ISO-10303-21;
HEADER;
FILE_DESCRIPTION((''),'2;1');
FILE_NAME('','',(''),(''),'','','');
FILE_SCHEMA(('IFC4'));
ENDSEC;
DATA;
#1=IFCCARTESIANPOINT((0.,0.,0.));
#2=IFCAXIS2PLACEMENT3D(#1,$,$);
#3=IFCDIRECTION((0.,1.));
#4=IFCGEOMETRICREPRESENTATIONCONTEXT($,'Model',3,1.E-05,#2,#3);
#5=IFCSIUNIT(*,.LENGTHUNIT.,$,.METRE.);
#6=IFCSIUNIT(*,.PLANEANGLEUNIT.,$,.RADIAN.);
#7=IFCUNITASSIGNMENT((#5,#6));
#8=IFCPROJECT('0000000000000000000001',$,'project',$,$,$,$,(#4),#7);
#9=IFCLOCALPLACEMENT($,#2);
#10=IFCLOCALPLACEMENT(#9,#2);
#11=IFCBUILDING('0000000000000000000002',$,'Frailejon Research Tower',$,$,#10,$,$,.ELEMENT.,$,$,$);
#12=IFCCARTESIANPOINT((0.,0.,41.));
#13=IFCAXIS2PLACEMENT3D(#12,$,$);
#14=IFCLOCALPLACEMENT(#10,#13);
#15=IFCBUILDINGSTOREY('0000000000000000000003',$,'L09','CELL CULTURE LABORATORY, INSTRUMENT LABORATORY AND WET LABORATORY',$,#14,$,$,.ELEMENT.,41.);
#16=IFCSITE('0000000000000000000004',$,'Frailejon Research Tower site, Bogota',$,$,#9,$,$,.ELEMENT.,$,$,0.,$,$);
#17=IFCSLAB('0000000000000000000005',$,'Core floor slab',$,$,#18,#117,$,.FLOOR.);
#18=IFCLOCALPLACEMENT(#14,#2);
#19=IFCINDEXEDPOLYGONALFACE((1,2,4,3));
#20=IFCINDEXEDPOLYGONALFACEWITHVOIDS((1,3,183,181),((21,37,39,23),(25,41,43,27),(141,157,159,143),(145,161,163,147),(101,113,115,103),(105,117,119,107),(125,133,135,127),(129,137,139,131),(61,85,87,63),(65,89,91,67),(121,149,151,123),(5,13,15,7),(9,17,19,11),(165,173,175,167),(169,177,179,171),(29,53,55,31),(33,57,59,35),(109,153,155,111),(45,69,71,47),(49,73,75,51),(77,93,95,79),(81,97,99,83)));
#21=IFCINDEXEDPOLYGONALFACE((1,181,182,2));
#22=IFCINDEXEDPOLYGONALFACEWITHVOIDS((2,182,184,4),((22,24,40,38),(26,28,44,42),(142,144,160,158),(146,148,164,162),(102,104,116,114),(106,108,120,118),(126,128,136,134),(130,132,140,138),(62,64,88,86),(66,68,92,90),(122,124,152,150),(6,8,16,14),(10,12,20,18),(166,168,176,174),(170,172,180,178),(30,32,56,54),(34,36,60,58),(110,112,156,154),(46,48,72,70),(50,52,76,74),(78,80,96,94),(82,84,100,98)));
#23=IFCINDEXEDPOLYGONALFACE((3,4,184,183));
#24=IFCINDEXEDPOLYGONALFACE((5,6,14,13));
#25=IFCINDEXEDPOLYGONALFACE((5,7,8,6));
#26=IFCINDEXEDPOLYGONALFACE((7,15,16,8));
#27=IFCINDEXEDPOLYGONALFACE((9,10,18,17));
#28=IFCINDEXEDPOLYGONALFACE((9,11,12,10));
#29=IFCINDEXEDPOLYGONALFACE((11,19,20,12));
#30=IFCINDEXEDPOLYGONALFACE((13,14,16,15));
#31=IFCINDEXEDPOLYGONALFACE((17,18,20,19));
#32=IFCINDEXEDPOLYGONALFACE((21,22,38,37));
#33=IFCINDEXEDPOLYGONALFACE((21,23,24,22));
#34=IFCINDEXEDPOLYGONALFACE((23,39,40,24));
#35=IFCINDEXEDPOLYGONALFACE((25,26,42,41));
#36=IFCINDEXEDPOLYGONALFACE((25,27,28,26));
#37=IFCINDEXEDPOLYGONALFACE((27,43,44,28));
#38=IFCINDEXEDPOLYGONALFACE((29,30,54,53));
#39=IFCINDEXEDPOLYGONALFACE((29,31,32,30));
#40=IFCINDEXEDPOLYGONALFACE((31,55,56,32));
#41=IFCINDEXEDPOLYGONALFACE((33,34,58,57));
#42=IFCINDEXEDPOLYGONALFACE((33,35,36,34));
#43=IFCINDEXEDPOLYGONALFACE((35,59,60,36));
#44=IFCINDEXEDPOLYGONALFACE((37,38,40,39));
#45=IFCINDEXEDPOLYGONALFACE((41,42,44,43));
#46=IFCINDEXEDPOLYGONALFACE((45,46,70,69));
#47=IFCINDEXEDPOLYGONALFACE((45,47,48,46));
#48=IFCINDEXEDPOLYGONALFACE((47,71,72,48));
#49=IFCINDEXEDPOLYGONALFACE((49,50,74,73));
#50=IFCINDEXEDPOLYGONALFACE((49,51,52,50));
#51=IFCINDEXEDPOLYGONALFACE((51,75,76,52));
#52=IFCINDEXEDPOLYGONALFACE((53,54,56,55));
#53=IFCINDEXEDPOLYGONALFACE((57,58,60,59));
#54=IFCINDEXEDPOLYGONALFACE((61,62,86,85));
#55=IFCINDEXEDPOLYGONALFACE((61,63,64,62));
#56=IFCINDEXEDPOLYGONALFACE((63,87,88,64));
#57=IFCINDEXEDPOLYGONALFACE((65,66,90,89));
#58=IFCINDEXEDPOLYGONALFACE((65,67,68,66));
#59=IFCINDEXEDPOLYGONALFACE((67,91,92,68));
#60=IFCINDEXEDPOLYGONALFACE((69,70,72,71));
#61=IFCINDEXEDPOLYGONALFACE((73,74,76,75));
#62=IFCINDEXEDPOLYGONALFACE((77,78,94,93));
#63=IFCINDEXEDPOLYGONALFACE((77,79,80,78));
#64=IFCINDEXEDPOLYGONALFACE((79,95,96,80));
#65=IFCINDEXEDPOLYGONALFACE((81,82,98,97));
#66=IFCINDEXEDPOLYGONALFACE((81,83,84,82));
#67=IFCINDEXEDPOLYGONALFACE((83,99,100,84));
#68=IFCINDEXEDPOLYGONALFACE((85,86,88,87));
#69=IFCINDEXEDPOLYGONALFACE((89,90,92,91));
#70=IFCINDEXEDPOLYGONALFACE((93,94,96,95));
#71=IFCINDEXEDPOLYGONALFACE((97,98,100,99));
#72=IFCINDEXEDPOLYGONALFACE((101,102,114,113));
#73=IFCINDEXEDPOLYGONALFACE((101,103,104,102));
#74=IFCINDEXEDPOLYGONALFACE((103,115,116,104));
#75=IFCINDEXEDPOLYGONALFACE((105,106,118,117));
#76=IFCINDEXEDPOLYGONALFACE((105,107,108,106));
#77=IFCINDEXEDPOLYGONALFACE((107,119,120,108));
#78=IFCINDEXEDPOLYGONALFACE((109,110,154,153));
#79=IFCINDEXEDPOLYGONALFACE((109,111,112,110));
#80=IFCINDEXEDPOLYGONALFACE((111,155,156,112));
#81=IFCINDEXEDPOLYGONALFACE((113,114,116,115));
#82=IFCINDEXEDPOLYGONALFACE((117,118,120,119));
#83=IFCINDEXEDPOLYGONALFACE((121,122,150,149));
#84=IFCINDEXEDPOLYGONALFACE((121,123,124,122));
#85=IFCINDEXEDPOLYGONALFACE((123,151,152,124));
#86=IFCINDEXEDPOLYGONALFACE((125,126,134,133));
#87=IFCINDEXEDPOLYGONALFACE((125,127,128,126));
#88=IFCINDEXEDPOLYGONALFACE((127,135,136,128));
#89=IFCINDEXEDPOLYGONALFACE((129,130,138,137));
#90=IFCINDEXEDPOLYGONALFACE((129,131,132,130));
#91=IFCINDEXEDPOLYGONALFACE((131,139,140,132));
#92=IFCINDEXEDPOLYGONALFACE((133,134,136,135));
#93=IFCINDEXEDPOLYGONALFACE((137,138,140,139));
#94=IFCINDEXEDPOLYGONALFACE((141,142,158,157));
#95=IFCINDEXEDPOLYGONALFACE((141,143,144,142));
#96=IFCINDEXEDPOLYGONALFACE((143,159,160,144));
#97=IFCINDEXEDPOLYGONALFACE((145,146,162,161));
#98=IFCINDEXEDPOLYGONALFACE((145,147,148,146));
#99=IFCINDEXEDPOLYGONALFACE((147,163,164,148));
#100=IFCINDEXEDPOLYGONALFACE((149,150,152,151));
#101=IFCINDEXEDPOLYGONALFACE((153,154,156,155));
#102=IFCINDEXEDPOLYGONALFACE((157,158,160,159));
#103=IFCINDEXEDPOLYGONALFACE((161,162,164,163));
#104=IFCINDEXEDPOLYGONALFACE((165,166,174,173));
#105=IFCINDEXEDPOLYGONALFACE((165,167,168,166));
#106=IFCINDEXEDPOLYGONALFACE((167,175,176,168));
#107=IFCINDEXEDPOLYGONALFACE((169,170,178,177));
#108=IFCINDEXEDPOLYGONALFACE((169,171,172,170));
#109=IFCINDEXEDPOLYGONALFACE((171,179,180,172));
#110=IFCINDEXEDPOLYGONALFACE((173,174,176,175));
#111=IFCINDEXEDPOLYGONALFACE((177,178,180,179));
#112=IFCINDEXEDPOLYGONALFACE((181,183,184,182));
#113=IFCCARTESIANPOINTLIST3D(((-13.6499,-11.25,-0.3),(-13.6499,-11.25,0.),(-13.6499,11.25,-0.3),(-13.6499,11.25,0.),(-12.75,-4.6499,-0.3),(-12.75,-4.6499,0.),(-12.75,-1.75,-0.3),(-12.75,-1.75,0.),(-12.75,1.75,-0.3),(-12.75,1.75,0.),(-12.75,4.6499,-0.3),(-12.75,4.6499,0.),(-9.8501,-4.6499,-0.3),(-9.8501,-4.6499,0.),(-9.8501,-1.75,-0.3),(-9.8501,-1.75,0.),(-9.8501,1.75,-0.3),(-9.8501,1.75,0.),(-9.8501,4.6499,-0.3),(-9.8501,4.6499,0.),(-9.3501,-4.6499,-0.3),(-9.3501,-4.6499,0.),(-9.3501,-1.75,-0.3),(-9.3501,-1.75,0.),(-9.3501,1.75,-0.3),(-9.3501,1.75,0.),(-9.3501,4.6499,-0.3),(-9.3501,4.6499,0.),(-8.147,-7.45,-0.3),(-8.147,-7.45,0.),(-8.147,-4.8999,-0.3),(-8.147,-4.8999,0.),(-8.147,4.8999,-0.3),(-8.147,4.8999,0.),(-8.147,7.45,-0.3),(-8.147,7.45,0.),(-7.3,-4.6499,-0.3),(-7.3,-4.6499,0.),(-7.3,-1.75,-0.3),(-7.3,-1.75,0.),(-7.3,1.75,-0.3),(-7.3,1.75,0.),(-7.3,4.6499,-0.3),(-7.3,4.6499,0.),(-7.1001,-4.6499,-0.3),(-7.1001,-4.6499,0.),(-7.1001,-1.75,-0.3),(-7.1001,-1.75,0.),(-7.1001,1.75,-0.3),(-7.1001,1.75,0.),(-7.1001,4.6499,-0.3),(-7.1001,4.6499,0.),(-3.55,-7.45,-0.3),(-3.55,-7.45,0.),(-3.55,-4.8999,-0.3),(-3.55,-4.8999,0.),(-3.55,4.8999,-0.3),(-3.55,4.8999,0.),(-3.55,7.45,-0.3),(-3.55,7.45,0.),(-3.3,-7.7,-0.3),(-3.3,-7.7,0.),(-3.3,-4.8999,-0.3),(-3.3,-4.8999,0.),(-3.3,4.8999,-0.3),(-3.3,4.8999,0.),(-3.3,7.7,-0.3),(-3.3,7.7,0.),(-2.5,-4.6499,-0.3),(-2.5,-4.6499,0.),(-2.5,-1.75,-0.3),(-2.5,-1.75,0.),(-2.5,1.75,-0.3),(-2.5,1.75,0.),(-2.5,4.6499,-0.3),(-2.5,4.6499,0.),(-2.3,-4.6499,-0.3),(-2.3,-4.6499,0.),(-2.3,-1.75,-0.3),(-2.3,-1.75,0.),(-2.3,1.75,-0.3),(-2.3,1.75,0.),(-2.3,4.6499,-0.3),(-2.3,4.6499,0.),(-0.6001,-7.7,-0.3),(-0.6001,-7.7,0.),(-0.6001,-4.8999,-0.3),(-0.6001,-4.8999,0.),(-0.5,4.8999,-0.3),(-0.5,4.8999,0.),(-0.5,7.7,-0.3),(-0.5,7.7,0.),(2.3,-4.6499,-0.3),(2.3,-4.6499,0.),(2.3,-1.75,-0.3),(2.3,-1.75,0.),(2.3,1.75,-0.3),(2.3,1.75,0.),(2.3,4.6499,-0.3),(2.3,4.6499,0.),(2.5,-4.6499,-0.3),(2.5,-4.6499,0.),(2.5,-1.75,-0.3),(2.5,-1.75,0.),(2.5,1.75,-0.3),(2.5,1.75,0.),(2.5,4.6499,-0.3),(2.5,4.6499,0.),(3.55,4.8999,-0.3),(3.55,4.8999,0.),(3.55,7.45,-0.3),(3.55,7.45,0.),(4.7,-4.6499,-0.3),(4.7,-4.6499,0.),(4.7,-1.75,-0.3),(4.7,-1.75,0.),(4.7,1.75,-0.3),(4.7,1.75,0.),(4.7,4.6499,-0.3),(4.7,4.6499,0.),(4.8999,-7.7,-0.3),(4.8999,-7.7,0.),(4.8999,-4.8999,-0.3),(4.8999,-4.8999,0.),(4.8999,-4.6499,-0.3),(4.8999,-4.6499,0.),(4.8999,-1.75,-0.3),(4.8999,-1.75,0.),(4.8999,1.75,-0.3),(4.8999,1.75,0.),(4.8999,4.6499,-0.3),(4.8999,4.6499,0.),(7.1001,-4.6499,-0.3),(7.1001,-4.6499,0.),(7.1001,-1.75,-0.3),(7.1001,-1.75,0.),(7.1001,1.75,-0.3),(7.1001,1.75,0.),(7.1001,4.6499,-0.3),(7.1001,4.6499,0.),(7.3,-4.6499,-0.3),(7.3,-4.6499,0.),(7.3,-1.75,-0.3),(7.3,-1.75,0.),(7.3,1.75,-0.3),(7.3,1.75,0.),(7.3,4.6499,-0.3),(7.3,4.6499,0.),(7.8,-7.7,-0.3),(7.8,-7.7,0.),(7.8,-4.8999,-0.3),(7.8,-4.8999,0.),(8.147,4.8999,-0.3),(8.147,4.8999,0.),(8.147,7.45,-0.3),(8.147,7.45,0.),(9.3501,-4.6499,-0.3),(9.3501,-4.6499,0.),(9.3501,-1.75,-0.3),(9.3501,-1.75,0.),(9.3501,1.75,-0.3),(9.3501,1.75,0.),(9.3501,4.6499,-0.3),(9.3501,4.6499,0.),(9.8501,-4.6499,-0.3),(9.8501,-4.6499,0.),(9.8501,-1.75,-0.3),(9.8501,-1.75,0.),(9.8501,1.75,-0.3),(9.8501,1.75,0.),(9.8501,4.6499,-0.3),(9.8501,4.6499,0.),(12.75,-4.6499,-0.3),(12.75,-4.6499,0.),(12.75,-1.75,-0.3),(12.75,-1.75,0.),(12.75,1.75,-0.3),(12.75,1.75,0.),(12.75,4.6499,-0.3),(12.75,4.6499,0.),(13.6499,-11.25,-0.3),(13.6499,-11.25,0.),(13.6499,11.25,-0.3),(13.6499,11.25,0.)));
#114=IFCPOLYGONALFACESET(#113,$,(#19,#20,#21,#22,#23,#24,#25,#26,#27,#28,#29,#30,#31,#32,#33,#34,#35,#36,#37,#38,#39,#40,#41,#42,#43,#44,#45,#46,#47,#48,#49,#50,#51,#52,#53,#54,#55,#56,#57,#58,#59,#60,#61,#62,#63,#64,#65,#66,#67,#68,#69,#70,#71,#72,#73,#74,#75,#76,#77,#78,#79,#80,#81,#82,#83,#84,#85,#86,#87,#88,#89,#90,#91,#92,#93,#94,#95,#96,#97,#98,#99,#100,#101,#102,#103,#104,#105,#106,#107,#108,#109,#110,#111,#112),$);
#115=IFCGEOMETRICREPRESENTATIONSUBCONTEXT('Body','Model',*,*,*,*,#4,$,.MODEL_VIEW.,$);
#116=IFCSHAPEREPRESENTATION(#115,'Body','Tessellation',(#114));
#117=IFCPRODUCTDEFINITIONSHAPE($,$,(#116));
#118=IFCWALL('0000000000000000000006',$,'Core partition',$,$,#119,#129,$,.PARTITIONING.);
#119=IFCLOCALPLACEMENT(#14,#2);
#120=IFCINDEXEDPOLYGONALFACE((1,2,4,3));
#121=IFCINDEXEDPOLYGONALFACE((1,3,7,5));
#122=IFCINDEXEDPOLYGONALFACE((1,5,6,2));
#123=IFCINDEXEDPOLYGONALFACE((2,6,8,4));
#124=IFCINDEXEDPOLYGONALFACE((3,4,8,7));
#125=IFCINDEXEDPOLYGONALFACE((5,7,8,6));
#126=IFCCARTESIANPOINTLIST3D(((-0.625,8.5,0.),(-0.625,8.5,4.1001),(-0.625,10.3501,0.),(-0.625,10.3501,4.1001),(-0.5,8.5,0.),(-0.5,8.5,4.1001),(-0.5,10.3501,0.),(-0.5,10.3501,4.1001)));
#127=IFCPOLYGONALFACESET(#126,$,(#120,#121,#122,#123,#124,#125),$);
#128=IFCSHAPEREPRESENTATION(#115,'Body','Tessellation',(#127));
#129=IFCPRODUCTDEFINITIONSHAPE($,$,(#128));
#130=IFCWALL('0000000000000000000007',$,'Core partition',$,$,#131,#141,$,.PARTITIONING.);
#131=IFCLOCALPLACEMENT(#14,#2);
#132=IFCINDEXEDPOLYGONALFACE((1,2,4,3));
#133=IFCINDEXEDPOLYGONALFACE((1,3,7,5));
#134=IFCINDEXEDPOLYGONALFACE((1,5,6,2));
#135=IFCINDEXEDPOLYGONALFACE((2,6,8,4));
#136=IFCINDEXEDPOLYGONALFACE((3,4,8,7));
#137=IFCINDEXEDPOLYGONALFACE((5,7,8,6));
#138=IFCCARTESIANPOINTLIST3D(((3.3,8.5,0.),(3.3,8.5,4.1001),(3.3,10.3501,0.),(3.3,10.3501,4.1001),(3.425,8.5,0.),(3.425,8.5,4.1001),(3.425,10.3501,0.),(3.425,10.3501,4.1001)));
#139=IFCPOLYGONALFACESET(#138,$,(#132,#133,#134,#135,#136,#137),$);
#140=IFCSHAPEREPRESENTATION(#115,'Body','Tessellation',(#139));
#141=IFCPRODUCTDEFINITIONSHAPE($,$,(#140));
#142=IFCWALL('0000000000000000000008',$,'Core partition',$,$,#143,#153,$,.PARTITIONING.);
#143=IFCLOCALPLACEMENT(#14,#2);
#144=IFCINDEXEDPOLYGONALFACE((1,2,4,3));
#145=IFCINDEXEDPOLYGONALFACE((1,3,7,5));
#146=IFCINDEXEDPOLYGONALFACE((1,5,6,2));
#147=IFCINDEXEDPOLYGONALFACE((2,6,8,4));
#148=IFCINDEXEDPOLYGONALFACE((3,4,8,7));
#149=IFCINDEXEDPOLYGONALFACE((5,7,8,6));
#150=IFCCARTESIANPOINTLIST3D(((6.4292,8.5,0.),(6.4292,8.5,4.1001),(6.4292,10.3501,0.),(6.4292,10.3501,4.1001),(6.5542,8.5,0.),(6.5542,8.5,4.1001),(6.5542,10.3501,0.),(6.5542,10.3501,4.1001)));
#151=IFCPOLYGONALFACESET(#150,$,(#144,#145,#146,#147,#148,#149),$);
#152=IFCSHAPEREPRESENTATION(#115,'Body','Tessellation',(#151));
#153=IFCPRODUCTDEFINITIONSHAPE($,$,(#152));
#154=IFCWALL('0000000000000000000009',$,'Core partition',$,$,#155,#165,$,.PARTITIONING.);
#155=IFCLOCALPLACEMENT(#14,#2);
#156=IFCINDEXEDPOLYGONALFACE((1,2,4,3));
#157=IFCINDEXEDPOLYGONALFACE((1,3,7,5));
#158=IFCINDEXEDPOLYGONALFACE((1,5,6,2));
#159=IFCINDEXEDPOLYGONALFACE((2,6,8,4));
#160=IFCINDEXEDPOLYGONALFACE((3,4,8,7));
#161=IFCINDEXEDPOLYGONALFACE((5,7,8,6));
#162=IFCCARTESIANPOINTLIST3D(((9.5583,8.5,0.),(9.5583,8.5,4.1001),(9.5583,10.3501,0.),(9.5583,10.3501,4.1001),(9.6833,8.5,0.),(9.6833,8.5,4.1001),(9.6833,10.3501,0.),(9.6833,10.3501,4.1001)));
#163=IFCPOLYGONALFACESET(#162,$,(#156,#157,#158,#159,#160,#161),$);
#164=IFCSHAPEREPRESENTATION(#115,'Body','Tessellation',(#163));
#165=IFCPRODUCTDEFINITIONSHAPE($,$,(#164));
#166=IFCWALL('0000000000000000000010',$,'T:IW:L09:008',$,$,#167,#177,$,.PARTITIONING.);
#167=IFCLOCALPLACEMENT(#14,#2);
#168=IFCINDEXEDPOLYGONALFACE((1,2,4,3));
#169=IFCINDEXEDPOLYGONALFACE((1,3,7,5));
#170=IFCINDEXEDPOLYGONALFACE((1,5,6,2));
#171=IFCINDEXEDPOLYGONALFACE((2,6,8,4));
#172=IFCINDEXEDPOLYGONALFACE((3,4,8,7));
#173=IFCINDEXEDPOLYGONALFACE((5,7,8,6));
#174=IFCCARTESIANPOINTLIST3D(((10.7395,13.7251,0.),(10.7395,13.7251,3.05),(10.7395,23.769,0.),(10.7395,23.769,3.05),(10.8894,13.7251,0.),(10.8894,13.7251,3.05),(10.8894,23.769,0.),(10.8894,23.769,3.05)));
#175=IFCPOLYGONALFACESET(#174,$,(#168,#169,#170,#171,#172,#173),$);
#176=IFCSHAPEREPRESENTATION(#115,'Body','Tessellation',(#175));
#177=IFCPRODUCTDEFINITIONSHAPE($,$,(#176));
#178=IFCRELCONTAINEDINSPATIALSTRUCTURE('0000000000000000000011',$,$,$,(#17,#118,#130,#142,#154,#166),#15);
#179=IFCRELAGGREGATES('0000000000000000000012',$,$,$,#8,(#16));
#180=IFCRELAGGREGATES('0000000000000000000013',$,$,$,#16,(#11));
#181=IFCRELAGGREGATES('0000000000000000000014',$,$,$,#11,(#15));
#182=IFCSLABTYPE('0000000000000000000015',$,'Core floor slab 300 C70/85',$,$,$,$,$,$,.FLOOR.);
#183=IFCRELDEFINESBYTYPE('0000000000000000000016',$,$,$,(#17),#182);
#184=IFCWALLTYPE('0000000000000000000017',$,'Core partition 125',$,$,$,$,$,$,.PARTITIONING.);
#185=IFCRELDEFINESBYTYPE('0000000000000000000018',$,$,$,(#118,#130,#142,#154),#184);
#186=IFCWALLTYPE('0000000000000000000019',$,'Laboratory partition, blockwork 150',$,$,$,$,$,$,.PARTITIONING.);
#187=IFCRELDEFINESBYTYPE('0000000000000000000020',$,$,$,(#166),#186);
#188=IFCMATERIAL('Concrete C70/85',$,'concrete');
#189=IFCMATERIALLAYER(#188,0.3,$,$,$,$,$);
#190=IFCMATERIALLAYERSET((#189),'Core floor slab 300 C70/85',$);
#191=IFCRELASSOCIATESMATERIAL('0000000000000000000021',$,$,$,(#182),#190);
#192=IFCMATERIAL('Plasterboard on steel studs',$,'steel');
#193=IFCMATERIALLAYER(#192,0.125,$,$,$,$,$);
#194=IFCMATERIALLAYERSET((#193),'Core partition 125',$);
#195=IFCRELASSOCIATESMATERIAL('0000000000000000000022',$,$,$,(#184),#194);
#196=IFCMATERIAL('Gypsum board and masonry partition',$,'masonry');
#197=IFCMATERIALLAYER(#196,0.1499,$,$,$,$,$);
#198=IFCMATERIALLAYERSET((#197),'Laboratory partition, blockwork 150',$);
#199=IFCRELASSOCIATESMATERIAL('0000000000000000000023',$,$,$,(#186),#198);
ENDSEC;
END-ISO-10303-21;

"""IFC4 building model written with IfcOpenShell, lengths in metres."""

from ifc_helpers import new_model, si_unit, direction, frame, frame_2d, origin, place, context, subcontext, project, spatial, polyline, rectangle, outline, extrude, material, layer, layer_set, type_object, element, save


model = new_model("IFC4")

# Units and contexts
model_context = context("Model", 3, precision=1e-05, world=origin(), true_north=direction((0.0, 1.0)))
body_context = subcontext(model_context, "Body", "Model", "MODEL_VIEW")
ifc_project = project(units=[si_unit("LENGTHUNIT", "METRE"), si_unit("PLANEANGLEUNIT", "RADIAN")], contexts=[model_context])

# Site, building, storey
site_placement = place(None, origin())
site = spatial("IfcSite", under=ifc_project, at=site_placement, Name="Frailejon Research Tower site, Bogota", CompositionType="ELEMENT", RefElevation=0.0)
building_placement = place(site_placement, origin())
building = spatial("IfcBuilding", under=site, at=building_placement, Name="Frailejon Research Tower", CompositionType="ELEMENT")
storey_placement = place(building_placement, frame((0.0, 0.0, 41.0)))
storey = spatial("IfcBuildingStorey", under=building, at=storey_placement, Name="L09", Description="CELL CULTURE LABORATORY, INSTRUMENT LABORATORY AND WET LABORATORY", CompositionType="ELEMENT", Elevation=41.0)

# Slab
ifc_material_1 = material(Name="Concrete C70/85", Category="concrete")
ifc_layer_1 = layer(ifc_material_1, 0.3)
ifc_layer_set_1 = layer_set([ifc_layer_1], Name="Core floor slab 300 C70/85")
slab_type = type_object("IfcSlabType", Name="Core floor slab 300 C70/85", PredefinedType="FLOOR", material=ifc_layer_set_1)
slab_placement = place(storey_placement, frame((0.0, 0.0, -0.3)))
element("IfcSlab", 1, at=slab_placement, inside=storey, type_object=slab_type, Name="Core floor slab", PredefinedType="FLOOR", context=body_context, shape_type="SweptSolid", body=[
    extrude(outline(polyline([(13.6499, -11.25), (13.6499, 11.25), (-13.6499, 11.25), (-13.6499, -11.25), (13.6499, -11.25)]), holes=[polyline([(-9.8501, 1.75), (-9.8501, 4.6499), (-12.75, 4.6499), (-12.75, 1.75), (-9.8501, 1.75)]), polyline([(-7.3, 1.75), (-7.3, 4.6499), (-9.3501, 4.6499), (-9.3501, 1.75), (-7.3, 1.75)]), polyline([(-2.5, 1.75), (-2.5, 4.6499), (-7.1001, 4.6499), (-7.1001, 1.75), (-2.5, 1.75)]), polyline([(2.3, 1.75), (2.3, 4.6499), (-2.3, 4.6499), (-2.3, 1.75), (2.3, 1.75)]), polyline([(4.7, 1.75), (4.7, 4.6499), (2.5, 4.6499), (2.5, 1.75), (4.7, 1.75)]), polyline([(7.1001, 1.75), (7.1001, 4.6499), (4.8999, 4.6499), (4.8999, 1.75), (7.1001, 1.75)]), polyline([(9.3501, 1.75), (9.3501, 4.6499), (7.3, 4.6499), (7.3, 1.75), (9.3501, 1.75)]), polyline([(12.75, 1.75), (12.75, 4.6499), (9.8501, 4.6499), (9.8501, 1.75), (12.75, 1.75)]), polyline([(-9.8501, -4.6499), (-9.8501, -1.75), (-12.75, -1.75), (-12.75, -4.6499), (-9.8501, -4.6499)]), polyline([(-7.3, -4.6499), (-7.3, -1.75), (-9.3501, -1.75), (-9.3501, -4.6499), (-7.3, -4.6499)]), polyline([(-2.5, -4.6499), (-2.5, -1.75), (-7.1001, -1.75), (-7.1001, -4.6499), (-2.5, -4.6499)]), polyline([(2.3, -4.6499), (2.3, -1.75), (-2.3, -1.75), (-2.3, -4.6499), (2.3, -4.6499)]), polyline([(4.7, -4.6499), (4.7, -1.75), (2.5, -1.75), (2.5, -4.6499), (4.7, -4.6499)]), polyline([(7.1001, -4.6499), (7.1001, -1.75), (4.8999, -1.75), (4.8999, -4.6499), (7.1001, -4.6499)]), polyline([(9.3501, -4.6499), (9.3501, -1.75), (7.3, -1.75), (7.3, -4.6499), (9.3501, -4.6499)]), polyline([(12.75, -4.6499), (12.75, -1.75), (9.8501, -1.75), (9.8501, -4.6499), (12.75, -4.6499)]), polyline([(-8.147, 4.8999), (-3.55, 4.8999), (-3.55, 7.45), (-8.147, 7.45), (-8.147, 4.8999)]), polyline([(-8.147, -7.45), (-3.55, -7.45), (-3.55, -4.8999), (-8.147, -4.8999), (-8.147, -7.45)]), polyline([(8.147, 7.45), (3.55, 7.45), (3.55, 4.8999), (8.147, 4.8999), (8.147, 7.45)]), polyline([(-0.6001, -7.7), (-0.6001, -4.8999), (-3.3, -4.8999), (-3.3, -7.7), (-0.6001, -7.7)]), polyline([(7.8, -7.7), (7.8, -4.8999), (4.8999, -4.8999), (4.8999, -7.7), (7.8, -7.7)]), polyline([(-0.5, 4.8999), (-0.5, 7.7), (-3.3, 7.7), (-3.3, 4.8999), (-0.5, 4.8999)])]), origin(), (0.0, 0.0, 1.0), 0.3),
])

# Walls
ifc_material_2 = material(Name="Plasterboard on steel studs", Category="steel")
ifc_layer_2 = layer(ifc_material_2, 0.125)
ifc_layer_set_2 = layer_set([ifc_layer_2], Name="Core partition 125")
wall_type_1 = type_object("IfcWallType", Name="Core partition 125", PredefinedType="PARTITIONING", material=ifc_layer_set_2)
for number, where, z_axis, x_axis, name in (
    (2, (-0.5625, 8.5, 0.0), (0.0, 0.0, 1.0), (0.0, 1.0, 0.0), "Core partition"),
    (3, (3.3625, 8.5, 0.0), (0.0, 0.0, 1.0), (0.0, 1.0, 0.0), "Core partition"),
    (4, (6.4917, 8.5, 0.0), (0.0, 0.0, 1.0), (0.0, 1.0, 0.0), "Core partition"),
    (5, (9.6208, 8.5, 0.0), (0.0, 0.0, 1.0), (0.0, 1.0, 0.0), "Core partition"),
):
    element("IfcWall", number, at=place(storey_placement, frame(where, z_axis=z_axis, x_axis=x_axis)), inside=storey, type_object=wall_type_1, Name=name, PredefinedType="PARTITIONING", context=body_context, shape_type="SweptSolid", body=[
        extrude(rectangle(XDim=1.8501, YDim=0.125, at=frame_2d((0.925, 0.0))), origin(), (0.0, 0.0, 1.0), 4.1001),
    ])
ifc_material_3 = material(Name="Gypsum board and masonry partition", Category="masonry")
ifc_layer_3 = layer(ifc_material_3, 0.1499)
ifc_layer_set_3 = layer_set([ifc_layer_3], Name="Laboratory partition, blockwork 150")
wall_type_2 = type_object("IfcWallType", Name="Laboratory partition, blockwork 150", PredefinedType="PARTITIONING", material=ifc_layer_set_3)
wall_1_placement = place(storey_placement, frame((10.8145, 13.7251, 0.0), z_axis=(0.0, 0.0, 1.0), x_axis=(0.0, 1.0, 0.0)))
element("IfcWall", 6, at=wall_1_placement, inside=storey, type_object=wall_type_2, Name="T:IW:L09:008", PredefinedType="PARTITIONING", context=body_context, shape_type="SweptSolid", body=[
    extrude(rectangle(XDim=10.0439, YDim=0.1499, at=frame_2d((5.022, 0.0))), origin(), (0.0, 0.0, 1.0), 3.05),
])

save(model, "model.ifc")
